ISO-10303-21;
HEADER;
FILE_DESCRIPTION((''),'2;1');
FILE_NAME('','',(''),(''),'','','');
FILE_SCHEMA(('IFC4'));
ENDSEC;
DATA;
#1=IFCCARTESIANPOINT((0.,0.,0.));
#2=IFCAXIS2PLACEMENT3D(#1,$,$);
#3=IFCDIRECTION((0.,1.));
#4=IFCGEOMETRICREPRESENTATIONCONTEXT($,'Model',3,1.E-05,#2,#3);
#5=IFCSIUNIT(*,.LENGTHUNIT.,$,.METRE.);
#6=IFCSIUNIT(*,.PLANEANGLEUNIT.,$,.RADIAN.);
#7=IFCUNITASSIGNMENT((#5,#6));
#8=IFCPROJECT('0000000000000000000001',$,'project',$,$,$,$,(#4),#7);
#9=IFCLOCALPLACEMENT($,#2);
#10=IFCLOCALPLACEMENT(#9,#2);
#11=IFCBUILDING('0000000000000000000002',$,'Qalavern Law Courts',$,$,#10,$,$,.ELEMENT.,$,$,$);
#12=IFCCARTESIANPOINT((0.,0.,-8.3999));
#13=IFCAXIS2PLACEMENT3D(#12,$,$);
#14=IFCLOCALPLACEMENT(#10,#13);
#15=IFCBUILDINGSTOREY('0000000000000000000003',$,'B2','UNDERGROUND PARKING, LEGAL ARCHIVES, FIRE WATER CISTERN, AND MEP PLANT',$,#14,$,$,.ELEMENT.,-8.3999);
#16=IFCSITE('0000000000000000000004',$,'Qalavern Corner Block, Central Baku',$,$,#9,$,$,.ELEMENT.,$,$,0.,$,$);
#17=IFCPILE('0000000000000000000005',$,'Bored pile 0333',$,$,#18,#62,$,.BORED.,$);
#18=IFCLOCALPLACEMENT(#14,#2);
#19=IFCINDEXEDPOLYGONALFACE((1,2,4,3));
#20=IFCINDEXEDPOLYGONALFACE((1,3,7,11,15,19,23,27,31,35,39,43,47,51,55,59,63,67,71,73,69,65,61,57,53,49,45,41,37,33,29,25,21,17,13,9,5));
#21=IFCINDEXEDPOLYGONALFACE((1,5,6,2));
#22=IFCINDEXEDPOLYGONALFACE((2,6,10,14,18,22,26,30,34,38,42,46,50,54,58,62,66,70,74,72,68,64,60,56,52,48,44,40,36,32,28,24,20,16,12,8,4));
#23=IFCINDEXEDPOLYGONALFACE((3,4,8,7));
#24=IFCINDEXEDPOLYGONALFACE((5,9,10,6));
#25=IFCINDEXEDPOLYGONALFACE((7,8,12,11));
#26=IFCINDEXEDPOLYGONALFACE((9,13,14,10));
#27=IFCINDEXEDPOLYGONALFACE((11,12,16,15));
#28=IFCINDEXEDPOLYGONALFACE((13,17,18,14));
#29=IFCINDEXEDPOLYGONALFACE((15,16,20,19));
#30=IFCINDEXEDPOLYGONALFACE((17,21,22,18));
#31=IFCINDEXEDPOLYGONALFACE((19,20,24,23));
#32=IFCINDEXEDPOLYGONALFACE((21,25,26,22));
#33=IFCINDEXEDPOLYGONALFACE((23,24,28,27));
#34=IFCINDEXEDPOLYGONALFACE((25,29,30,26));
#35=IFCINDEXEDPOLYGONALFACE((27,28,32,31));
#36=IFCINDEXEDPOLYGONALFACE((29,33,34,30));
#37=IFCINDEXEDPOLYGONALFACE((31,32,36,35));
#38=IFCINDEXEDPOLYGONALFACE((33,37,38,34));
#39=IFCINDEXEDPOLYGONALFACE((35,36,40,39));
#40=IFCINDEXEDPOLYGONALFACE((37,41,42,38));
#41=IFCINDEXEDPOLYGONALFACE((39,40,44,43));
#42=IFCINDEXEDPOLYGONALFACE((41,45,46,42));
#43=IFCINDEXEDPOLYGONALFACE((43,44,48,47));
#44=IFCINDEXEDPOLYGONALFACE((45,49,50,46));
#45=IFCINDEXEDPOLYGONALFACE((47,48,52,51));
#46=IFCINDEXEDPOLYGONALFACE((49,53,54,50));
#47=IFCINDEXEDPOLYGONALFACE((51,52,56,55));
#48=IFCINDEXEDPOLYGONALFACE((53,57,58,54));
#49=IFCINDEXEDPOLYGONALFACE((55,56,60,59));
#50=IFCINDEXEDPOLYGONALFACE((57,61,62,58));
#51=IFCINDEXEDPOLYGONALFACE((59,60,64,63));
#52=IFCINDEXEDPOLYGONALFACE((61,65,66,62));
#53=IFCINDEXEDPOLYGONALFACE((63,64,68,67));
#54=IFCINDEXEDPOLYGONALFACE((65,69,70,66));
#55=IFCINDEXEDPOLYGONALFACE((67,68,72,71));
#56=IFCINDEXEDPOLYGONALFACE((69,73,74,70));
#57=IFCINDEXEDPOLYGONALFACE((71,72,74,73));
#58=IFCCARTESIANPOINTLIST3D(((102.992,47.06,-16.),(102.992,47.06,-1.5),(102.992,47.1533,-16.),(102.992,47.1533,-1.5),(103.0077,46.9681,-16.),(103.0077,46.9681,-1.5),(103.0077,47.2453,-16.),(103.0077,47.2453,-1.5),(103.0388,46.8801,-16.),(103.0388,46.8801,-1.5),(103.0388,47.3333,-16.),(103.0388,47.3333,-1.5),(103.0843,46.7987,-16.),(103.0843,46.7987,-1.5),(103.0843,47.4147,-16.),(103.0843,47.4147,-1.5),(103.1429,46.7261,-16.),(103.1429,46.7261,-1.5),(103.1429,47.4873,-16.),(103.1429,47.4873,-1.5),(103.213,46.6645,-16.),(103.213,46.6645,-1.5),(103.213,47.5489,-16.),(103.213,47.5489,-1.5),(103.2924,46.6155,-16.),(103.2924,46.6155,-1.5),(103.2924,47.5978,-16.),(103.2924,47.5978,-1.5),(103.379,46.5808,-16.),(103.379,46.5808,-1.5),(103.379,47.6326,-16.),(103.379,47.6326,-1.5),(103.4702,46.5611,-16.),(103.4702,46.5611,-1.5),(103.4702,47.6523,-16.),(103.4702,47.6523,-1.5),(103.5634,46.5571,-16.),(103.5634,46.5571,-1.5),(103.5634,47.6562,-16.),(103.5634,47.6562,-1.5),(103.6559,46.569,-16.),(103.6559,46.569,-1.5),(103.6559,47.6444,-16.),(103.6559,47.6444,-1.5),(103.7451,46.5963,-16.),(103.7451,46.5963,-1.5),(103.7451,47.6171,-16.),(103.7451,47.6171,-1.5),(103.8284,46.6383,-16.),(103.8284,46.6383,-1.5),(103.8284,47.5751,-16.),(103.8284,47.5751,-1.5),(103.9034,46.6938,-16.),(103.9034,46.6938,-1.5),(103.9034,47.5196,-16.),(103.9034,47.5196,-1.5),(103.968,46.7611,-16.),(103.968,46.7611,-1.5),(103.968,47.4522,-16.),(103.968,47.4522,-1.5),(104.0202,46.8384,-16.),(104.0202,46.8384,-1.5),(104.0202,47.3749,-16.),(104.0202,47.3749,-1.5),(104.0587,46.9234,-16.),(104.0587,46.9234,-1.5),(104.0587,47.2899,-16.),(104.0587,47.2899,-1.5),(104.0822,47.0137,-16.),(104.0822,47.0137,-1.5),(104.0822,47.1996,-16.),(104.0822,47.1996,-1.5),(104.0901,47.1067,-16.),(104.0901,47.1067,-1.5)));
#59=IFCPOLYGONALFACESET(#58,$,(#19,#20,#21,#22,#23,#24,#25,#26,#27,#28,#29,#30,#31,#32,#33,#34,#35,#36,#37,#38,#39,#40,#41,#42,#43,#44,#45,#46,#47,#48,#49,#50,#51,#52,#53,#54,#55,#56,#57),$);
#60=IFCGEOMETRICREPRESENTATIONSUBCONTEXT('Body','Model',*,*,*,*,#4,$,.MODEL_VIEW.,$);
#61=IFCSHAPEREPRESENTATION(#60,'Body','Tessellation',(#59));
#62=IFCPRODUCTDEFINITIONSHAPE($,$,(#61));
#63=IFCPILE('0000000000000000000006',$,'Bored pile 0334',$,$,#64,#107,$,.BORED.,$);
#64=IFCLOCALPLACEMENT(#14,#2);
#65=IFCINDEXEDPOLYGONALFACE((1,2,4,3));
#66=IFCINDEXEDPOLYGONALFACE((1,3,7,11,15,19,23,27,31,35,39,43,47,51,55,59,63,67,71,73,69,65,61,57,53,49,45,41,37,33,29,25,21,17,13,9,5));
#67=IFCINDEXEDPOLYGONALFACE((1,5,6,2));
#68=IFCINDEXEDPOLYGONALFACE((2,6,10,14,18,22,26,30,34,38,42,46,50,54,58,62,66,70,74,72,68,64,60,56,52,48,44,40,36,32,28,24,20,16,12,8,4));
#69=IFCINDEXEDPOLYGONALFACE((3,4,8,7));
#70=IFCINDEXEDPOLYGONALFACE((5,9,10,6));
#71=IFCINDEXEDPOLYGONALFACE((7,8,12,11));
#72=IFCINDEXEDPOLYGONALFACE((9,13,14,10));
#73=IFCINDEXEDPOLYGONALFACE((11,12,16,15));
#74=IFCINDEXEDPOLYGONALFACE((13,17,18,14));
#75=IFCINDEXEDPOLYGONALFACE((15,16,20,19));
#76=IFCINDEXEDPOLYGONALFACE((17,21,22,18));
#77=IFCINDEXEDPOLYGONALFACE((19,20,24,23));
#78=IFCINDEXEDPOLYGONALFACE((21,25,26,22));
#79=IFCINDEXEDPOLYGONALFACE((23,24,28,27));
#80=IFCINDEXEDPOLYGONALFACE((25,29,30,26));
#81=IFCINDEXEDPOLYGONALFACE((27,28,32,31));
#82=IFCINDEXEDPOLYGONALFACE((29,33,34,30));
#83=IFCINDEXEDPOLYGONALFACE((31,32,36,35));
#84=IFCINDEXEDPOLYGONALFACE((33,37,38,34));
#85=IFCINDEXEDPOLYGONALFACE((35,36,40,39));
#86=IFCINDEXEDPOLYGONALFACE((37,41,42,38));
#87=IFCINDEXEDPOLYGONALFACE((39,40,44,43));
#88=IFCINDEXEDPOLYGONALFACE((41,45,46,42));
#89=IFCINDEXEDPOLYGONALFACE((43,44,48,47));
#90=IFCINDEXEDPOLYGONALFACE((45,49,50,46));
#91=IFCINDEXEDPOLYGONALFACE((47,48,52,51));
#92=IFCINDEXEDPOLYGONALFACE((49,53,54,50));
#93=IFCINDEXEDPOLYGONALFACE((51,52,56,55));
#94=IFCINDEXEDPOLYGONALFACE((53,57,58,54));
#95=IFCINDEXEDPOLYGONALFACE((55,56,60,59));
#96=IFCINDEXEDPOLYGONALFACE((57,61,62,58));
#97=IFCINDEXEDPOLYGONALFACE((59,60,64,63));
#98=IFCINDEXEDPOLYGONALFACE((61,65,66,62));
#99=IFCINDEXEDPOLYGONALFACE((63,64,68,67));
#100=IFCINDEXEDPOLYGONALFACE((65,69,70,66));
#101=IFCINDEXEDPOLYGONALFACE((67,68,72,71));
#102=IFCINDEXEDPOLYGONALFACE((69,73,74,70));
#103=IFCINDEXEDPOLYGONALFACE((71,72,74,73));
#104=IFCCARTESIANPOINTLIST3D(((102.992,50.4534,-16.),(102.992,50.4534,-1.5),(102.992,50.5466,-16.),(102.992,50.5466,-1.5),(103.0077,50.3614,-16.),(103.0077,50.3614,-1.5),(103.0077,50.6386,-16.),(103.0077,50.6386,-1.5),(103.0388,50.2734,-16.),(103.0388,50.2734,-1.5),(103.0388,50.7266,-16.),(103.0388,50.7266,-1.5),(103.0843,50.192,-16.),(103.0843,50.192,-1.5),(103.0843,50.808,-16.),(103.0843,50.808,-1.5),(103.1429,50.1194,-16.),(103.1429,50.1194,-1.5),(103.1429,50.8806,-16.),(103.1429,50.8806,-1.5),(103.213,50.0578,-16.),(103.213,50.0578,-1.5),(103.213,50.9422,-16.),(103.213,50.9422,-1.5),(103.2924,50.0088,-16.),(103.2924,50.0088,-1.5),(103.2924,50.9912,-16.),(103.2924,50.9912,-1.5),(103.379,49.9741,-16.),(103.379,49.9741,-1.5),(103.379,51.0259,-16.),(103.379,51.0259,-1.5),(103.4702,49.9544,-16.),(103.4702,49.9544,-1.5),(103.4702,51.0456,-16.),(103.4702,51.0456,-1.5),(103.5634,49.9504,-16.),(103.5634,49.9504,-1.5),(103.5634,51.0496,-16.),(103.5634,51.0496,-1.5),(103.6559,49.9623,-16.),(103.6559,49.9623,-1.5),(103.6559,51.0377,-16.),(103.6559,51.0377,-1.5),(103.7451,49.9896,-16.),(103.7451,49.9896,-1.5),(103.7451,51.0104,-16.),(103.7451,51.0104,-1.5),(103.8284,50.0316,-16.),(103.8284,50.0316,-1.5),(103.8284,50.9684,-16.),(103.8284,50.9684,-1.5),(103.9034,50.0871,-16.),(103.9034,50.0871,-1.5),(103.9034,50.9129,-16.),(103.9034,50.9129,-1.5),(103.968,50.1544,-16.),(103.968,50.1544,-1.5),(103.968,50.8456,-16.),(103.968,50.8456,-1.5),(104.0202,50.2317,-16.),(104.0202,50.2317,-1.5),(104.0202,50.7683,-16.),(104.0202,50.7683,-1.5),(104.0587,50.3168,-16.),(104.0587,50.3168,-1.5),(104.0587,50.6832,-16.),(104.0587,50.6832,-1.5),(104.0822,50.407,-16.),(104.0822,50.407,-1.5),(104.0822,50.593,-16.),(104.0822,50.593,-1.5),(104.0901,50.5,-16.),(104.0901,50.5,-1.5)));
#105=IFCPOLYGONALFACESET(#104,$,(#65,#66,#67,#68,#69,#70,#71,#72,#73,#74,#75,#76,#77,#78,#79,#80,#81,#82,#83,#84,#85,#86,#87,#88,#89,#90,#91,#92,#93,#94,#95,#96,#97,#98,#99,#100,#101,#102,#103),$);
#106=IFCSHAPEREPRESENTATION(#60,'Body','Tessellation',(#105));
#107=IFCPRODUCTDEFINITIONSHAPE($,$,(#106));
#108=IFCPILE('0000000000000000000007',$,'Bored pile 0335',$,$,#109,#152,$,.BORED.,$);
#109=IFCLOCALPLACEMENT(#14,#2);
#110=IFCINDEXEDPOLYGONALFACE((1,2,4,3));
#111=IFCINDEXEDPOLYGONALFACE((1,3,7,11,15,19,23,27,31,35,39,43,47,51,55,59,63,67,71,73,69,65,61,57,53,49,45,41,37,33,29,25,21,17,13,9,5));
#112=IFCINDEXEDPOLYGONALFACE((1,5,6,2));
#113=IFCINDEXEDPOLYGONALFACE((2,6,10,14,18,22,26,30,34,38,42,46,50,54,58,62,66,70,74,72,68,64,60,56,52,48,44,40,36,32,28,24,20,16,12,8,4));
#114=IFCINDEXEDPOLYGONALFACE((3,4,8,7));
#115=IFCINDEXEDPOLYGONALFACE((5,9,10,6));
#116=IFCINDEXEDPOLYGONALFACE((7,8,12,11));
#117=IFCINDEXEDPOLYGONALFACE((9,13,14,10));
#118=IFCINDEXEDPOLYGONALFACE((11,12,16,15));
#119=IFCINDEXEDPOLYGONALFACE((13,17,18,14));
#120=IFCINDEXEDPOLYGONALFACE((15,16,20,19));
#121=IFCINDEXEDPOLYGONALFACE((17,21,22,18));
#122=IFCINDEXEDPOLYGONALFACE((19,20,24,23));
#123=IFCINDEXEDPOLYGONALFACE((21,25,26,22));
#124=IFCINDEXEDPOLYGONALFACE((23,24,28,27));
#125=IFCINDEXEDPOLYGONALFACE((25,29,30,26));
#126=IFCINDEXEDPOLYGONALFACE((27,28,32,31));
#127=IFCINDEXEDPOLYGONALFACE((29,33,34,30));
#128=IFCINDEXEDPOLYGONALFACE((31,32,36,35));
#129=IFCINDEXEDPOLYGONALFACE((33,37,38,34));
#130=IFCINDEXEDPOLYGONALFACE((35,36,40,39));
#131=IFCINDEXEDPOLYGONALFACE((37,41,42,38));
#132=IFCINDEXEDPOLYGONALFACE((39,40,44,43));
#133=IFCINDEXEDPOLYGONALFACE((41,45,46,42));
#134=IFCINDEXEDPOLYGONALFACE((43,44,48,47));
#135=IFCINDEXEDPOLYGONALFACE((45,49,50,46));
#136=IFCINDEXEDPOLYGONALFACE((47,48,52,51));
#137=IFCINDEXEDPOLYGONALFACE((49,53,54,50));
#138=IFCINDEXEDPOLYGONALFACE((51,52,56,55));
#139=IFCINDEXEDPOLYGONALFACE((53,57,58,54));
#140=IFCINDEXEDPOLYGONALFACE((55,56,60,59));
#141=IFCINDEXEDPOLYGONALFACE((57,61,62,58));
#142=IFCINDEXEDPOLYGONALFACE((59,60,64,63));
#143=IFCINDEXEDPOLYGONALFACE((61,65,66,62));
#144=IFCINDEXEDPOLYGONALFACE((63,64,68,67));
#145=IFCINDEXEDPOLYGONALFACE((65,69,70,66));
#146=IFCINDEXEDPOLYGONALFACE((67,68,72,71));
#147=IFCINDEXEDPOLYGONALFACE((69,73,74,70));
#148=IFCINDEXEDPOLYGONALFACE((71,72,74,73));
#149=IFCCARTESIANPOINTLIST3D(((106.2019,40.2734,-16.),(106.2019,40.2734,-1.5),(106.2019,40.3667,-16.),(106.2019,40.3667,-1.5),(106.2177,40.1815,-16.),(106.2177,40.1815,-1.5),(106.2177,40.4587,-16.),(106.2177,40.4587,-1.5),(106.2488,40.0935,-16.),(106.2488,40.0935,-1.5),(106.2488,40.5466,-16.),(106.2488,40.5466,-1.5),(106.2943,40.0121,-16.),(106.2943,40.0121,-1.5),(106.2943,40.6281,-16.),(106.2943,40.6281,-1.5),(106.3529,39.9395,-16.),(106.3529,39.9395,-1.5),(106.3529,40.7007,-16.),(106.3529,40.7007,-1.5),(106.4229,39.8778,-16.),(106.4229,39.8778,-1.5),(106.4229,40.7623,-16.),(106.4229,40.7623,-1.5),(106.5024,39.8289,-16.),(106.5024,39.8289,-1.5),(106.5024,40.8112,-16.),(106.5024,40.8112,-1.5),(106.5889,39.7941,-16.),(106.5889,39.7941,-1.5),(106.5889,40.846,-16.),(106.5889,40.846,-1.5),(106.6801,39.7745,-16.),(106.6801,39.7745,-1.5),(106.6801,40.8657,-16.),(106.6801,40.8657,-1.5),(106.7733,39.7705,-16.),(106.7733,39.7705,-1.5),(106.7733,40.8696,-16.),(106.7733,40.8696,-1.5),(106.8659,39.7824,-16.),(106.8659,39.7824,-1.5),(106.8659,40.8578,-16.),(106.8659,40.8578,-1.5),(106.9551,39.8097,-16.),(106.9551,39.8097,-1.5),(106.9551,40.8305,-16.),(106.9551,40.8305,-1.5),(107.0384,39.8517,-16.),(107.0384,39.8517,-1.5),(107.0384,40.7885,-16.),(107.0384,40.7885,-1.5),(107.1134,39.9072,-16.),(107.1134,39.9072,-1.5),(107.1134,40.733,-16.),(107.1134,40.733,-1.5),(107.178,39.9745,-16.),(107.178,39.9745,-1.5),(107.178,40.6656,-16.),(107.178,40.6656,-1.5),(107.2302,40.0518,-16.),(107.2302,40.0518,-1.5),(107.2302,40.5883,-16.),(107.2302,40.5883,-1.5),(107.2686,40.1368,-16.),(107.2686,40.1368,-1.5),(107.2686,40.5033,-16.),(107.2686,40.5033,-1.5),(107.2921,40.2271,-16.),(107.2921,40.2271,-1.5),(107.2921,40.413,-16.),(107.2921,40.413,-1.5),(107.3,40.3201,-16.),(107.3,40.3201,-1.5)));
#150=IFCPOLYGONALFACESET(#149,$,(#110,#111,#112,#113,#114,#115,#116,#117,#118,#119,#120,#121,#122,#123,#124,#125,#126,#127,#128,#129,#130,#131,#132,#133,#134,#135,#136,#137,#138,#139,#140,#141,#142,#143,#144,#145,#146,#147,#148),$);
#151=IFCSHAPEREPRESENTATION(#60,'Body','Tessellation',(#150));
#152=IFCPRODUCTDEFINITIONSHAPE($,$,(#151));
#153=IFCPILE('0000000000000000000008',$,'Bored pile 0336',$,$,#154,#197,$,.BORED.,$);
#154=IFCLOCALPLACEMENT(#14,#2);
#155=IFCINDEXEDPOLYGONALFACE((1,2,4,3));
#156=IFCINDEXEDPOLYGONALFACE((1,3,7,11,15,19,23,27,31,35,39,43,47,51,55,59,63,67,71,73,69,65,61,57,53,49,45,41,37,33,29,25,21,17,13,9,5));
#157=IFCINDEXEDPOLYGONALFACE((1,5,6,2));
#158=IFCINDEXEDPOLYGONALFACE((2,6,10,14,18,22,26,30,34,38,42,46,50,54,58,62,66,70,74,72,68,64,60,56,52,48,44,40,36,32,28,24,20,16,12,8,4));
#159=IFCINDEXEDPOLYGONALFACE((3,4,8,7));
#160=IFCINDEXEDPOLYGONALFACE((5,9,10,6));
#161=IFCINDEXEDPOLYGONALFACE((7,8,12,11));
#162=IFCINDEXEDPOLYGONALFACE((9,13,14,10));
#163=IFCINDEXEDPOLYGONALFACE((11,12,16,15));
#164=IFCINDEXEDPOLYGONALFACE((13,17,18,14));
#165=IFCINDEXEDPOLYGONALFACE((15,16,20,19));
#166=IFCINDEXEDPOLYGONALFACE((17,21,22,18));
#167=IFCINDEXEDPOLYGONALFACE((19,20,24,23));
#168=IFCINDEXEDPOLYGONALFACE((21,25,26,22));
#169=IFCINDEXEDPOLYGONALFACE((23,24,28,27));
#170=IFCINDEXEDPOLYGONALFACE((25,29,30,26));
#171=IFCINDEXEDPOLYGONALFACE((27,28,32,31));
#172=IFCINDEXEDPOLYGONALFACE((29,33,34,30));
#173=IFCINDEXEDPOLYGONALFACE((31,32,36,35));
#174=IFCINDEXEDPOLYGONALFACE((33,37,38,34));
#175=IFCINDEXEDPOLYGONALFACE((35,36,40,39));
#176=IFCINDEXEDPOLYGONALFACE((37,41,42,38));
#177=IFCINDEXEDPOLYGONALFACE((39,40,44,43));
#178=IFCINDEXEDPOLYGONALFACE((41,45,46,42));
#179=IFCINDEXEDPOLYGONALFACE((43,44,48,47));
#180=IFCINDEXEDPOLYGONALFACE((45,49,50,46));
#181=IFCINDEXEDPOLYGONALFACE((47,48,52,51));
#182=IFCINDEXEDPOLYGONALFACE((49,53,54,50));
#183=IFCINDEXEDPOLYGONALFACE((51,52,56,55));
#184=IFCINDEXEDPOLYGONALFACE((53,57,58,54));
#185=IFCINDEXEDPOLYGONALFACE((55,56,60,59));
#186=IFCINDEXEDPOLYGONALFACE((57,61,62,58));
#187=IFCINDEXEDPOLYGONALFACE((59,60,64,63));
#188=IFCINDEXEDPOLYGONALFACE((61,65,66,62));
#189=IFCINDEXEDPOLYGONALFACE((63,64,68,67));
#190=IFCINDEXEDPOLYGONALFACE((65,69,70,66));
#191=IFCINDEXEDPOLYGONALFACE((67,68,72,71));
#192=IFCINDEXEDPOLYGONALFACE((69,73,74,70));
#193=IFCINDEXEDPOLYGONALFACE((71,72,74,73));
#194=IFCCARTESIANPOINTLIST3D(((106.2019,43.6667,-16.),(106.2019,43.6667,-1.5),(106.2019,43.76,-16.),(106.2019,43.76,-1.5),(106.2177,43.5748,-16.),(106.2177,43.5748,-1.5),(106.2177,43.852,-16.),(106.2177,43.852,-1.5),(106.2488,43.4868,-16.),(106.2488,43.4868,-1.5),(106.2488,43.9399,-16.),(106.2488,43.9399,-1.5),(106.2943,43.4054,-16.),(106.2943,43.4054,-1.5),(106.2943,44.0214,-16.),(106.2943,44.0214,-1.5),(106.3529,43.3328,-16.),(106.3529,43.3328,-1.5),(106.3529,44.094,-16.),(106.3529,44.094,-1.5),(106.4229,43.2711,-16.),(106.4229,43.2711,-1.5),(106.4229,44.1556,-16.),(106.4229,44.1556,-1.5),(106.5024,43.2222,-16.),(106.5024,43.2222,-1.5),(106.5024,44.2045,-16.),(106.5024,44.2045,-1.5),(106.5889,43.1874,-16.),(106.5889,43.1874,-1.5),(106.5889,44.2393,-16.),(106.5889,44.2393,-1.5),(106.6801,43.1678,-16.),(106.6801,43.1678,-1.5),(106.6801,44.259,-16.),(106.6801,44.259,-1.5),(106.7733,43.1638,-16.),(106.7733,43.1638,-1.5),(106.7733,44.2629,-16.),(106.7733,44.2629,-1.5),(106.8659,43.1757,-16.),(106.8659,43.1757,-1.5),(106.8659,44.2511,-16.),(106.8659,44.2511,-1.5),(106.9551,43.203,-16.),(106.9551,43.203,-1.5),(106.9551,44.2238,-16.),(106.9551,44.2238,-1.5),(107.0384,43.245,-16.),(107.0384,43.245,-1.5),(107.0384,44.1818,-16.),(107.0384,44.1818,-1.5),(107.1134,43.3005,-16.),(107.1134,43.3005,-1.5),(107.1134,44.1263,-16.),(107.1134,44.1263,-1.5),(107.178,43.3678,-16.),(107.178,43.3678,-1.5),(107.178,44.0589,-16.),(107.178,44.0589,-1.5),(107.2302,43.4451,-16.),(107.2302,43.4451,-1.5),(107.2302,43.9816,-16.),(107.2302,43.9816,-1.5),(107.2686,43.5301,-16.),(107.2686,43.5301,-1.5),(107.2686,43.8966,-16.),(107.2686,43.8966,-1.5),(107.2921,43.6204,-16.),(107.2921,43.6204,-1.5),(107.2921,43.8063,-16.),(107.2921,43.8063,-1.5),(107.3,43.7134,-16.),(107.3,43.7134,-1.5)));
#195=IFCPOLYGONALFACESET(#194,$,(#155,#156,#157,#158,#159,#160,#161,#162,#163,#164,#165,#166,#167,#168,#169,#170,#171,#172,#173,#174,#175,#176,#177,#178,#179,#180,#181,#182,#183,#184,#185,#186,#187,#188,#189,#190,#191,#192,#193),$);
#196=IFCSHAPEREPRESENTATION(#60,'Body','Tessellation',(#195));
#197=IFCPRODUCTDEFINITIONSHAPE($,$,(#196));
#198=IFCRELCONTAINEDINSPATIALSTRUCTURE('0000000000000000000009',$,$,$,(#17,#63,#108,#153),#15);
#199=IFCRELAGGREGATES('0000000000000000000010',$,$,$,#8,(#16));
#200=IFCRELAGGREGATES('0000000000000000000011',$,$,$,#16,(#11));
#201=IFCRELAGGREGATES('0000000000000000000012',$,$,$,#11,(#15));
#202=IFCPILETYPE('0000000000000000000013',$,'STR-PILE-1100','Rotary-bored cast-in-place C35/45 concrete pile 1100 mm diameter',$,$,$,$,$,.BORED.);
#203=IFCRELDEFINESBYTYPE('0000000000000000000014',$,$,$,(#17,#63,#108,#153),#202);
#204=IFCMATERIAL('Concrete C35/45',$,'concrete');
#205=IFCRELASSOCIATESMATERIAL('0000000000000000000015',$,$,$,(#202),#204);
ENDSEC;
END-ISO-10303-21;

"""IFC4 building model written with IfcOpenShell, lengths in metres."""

from ifc_helpers import new_model, si_unit, direction, frame, origin, origin_2d, place, context, subcontext, project, spatial, circle, extrude, material, material_profile, profile_set, type_object, element, save


model = new_model("IFC4")

# Units and contexts
model_context = context("Model", 3, precision=1e-05, world=origin(), true_north=direction((0.0, 1.0)))
body_context = subcontext(model_context, "Body", "Model", "MODEL_VIEW")
ifc_project = project(units=[si_unit("LENGTHUNIT", "METRE"), si_unit("PLANEANGLEUNIT", "RADIAN")], contexts=[model_context])

# Site, building, storey
site_placement = place(None, origin())
site = spatial("IfcSite", under=ifc_project, at=site_placement, Name="Qalavern Corner Block, Central Baku", CompositionType="ELEMENT", RefElevation=0.0)
building_placement = place(site_placement, origin())
building = spatial("IfcBuilding", under=site, at=building_placement, Name="Qalavern Law Courts", CompositionType="ELEMENT")
storey_placement = place(building_placement, frame((0.0, 0.0, -8.3999)))
storey = spatial("IfcBuildingStorey", under=building, at=storey_placement, Name="B2", Description="UNDERGROUND PARKING, LEGAL ARCHIVES, FIRE WATER CISTERN, AND MEP PLANT", CompositionType="ELEMENT", Elevation=-8.3999)

# Shared definitions
ifc_material_1 = material(Name="Concrete C35/45", Category="concrete")

# Piles
ifc_material_profile_1 = material_profile(ifc_material_1, circle(Radius=0.55, at=origin_2d()), Name="BORED PILE 1100")
ifc_profile_set_1 = profile_set([ifc_material_profile_1], Name="Concrete C35/45")
pile_type_1 = type_object("IfcPileType", Name="STR-PILE-1100", Description="Rotary-bored cast-in-place C35/45 concrete pile 1100 mm diameter", PredefinedType="BORED", material=ifc_profile_set_1)
for number, where, z_axis, x_axis, name in (
    (1, (103.54, 47.1067, -1.5), (0.0, 0.0, -1.0), (1.0, 0.0, 0.0), "Bored pile 0333"),
    (2, (103.54, 50.5, -1.5), (0.0, 0.0, -1.0), (1.0, 0.0, 0.0), "Bored pile 0334"),
    (3, (106.75, 40.3201, -1.5), (0.0, 0.0, -1.0), (1.0, 0.0, 0.0), "Bored pile 0335"),
    (4, (106.75, 43.7134, -1.5), (0.0, 0.0, -1.0), (1.0, 0.0, 0.0), "Bored pile 0336"),
):
    element("IfcPile", number, at=place(storey_placement, frame(where, z_axis=z_axis, x_axis=x_axis)), inside=storey, type_object=pile_type_1, Name=name, PredefinedType="BORED", context=body_context, shape_type="SweptSolid", body=[
        extrude(circle(Radius=0.55, at=origin_2d()), origin(), (0.0, 0.0, 1.0), 14.5),
    ])

save(model, "model.ifc")
